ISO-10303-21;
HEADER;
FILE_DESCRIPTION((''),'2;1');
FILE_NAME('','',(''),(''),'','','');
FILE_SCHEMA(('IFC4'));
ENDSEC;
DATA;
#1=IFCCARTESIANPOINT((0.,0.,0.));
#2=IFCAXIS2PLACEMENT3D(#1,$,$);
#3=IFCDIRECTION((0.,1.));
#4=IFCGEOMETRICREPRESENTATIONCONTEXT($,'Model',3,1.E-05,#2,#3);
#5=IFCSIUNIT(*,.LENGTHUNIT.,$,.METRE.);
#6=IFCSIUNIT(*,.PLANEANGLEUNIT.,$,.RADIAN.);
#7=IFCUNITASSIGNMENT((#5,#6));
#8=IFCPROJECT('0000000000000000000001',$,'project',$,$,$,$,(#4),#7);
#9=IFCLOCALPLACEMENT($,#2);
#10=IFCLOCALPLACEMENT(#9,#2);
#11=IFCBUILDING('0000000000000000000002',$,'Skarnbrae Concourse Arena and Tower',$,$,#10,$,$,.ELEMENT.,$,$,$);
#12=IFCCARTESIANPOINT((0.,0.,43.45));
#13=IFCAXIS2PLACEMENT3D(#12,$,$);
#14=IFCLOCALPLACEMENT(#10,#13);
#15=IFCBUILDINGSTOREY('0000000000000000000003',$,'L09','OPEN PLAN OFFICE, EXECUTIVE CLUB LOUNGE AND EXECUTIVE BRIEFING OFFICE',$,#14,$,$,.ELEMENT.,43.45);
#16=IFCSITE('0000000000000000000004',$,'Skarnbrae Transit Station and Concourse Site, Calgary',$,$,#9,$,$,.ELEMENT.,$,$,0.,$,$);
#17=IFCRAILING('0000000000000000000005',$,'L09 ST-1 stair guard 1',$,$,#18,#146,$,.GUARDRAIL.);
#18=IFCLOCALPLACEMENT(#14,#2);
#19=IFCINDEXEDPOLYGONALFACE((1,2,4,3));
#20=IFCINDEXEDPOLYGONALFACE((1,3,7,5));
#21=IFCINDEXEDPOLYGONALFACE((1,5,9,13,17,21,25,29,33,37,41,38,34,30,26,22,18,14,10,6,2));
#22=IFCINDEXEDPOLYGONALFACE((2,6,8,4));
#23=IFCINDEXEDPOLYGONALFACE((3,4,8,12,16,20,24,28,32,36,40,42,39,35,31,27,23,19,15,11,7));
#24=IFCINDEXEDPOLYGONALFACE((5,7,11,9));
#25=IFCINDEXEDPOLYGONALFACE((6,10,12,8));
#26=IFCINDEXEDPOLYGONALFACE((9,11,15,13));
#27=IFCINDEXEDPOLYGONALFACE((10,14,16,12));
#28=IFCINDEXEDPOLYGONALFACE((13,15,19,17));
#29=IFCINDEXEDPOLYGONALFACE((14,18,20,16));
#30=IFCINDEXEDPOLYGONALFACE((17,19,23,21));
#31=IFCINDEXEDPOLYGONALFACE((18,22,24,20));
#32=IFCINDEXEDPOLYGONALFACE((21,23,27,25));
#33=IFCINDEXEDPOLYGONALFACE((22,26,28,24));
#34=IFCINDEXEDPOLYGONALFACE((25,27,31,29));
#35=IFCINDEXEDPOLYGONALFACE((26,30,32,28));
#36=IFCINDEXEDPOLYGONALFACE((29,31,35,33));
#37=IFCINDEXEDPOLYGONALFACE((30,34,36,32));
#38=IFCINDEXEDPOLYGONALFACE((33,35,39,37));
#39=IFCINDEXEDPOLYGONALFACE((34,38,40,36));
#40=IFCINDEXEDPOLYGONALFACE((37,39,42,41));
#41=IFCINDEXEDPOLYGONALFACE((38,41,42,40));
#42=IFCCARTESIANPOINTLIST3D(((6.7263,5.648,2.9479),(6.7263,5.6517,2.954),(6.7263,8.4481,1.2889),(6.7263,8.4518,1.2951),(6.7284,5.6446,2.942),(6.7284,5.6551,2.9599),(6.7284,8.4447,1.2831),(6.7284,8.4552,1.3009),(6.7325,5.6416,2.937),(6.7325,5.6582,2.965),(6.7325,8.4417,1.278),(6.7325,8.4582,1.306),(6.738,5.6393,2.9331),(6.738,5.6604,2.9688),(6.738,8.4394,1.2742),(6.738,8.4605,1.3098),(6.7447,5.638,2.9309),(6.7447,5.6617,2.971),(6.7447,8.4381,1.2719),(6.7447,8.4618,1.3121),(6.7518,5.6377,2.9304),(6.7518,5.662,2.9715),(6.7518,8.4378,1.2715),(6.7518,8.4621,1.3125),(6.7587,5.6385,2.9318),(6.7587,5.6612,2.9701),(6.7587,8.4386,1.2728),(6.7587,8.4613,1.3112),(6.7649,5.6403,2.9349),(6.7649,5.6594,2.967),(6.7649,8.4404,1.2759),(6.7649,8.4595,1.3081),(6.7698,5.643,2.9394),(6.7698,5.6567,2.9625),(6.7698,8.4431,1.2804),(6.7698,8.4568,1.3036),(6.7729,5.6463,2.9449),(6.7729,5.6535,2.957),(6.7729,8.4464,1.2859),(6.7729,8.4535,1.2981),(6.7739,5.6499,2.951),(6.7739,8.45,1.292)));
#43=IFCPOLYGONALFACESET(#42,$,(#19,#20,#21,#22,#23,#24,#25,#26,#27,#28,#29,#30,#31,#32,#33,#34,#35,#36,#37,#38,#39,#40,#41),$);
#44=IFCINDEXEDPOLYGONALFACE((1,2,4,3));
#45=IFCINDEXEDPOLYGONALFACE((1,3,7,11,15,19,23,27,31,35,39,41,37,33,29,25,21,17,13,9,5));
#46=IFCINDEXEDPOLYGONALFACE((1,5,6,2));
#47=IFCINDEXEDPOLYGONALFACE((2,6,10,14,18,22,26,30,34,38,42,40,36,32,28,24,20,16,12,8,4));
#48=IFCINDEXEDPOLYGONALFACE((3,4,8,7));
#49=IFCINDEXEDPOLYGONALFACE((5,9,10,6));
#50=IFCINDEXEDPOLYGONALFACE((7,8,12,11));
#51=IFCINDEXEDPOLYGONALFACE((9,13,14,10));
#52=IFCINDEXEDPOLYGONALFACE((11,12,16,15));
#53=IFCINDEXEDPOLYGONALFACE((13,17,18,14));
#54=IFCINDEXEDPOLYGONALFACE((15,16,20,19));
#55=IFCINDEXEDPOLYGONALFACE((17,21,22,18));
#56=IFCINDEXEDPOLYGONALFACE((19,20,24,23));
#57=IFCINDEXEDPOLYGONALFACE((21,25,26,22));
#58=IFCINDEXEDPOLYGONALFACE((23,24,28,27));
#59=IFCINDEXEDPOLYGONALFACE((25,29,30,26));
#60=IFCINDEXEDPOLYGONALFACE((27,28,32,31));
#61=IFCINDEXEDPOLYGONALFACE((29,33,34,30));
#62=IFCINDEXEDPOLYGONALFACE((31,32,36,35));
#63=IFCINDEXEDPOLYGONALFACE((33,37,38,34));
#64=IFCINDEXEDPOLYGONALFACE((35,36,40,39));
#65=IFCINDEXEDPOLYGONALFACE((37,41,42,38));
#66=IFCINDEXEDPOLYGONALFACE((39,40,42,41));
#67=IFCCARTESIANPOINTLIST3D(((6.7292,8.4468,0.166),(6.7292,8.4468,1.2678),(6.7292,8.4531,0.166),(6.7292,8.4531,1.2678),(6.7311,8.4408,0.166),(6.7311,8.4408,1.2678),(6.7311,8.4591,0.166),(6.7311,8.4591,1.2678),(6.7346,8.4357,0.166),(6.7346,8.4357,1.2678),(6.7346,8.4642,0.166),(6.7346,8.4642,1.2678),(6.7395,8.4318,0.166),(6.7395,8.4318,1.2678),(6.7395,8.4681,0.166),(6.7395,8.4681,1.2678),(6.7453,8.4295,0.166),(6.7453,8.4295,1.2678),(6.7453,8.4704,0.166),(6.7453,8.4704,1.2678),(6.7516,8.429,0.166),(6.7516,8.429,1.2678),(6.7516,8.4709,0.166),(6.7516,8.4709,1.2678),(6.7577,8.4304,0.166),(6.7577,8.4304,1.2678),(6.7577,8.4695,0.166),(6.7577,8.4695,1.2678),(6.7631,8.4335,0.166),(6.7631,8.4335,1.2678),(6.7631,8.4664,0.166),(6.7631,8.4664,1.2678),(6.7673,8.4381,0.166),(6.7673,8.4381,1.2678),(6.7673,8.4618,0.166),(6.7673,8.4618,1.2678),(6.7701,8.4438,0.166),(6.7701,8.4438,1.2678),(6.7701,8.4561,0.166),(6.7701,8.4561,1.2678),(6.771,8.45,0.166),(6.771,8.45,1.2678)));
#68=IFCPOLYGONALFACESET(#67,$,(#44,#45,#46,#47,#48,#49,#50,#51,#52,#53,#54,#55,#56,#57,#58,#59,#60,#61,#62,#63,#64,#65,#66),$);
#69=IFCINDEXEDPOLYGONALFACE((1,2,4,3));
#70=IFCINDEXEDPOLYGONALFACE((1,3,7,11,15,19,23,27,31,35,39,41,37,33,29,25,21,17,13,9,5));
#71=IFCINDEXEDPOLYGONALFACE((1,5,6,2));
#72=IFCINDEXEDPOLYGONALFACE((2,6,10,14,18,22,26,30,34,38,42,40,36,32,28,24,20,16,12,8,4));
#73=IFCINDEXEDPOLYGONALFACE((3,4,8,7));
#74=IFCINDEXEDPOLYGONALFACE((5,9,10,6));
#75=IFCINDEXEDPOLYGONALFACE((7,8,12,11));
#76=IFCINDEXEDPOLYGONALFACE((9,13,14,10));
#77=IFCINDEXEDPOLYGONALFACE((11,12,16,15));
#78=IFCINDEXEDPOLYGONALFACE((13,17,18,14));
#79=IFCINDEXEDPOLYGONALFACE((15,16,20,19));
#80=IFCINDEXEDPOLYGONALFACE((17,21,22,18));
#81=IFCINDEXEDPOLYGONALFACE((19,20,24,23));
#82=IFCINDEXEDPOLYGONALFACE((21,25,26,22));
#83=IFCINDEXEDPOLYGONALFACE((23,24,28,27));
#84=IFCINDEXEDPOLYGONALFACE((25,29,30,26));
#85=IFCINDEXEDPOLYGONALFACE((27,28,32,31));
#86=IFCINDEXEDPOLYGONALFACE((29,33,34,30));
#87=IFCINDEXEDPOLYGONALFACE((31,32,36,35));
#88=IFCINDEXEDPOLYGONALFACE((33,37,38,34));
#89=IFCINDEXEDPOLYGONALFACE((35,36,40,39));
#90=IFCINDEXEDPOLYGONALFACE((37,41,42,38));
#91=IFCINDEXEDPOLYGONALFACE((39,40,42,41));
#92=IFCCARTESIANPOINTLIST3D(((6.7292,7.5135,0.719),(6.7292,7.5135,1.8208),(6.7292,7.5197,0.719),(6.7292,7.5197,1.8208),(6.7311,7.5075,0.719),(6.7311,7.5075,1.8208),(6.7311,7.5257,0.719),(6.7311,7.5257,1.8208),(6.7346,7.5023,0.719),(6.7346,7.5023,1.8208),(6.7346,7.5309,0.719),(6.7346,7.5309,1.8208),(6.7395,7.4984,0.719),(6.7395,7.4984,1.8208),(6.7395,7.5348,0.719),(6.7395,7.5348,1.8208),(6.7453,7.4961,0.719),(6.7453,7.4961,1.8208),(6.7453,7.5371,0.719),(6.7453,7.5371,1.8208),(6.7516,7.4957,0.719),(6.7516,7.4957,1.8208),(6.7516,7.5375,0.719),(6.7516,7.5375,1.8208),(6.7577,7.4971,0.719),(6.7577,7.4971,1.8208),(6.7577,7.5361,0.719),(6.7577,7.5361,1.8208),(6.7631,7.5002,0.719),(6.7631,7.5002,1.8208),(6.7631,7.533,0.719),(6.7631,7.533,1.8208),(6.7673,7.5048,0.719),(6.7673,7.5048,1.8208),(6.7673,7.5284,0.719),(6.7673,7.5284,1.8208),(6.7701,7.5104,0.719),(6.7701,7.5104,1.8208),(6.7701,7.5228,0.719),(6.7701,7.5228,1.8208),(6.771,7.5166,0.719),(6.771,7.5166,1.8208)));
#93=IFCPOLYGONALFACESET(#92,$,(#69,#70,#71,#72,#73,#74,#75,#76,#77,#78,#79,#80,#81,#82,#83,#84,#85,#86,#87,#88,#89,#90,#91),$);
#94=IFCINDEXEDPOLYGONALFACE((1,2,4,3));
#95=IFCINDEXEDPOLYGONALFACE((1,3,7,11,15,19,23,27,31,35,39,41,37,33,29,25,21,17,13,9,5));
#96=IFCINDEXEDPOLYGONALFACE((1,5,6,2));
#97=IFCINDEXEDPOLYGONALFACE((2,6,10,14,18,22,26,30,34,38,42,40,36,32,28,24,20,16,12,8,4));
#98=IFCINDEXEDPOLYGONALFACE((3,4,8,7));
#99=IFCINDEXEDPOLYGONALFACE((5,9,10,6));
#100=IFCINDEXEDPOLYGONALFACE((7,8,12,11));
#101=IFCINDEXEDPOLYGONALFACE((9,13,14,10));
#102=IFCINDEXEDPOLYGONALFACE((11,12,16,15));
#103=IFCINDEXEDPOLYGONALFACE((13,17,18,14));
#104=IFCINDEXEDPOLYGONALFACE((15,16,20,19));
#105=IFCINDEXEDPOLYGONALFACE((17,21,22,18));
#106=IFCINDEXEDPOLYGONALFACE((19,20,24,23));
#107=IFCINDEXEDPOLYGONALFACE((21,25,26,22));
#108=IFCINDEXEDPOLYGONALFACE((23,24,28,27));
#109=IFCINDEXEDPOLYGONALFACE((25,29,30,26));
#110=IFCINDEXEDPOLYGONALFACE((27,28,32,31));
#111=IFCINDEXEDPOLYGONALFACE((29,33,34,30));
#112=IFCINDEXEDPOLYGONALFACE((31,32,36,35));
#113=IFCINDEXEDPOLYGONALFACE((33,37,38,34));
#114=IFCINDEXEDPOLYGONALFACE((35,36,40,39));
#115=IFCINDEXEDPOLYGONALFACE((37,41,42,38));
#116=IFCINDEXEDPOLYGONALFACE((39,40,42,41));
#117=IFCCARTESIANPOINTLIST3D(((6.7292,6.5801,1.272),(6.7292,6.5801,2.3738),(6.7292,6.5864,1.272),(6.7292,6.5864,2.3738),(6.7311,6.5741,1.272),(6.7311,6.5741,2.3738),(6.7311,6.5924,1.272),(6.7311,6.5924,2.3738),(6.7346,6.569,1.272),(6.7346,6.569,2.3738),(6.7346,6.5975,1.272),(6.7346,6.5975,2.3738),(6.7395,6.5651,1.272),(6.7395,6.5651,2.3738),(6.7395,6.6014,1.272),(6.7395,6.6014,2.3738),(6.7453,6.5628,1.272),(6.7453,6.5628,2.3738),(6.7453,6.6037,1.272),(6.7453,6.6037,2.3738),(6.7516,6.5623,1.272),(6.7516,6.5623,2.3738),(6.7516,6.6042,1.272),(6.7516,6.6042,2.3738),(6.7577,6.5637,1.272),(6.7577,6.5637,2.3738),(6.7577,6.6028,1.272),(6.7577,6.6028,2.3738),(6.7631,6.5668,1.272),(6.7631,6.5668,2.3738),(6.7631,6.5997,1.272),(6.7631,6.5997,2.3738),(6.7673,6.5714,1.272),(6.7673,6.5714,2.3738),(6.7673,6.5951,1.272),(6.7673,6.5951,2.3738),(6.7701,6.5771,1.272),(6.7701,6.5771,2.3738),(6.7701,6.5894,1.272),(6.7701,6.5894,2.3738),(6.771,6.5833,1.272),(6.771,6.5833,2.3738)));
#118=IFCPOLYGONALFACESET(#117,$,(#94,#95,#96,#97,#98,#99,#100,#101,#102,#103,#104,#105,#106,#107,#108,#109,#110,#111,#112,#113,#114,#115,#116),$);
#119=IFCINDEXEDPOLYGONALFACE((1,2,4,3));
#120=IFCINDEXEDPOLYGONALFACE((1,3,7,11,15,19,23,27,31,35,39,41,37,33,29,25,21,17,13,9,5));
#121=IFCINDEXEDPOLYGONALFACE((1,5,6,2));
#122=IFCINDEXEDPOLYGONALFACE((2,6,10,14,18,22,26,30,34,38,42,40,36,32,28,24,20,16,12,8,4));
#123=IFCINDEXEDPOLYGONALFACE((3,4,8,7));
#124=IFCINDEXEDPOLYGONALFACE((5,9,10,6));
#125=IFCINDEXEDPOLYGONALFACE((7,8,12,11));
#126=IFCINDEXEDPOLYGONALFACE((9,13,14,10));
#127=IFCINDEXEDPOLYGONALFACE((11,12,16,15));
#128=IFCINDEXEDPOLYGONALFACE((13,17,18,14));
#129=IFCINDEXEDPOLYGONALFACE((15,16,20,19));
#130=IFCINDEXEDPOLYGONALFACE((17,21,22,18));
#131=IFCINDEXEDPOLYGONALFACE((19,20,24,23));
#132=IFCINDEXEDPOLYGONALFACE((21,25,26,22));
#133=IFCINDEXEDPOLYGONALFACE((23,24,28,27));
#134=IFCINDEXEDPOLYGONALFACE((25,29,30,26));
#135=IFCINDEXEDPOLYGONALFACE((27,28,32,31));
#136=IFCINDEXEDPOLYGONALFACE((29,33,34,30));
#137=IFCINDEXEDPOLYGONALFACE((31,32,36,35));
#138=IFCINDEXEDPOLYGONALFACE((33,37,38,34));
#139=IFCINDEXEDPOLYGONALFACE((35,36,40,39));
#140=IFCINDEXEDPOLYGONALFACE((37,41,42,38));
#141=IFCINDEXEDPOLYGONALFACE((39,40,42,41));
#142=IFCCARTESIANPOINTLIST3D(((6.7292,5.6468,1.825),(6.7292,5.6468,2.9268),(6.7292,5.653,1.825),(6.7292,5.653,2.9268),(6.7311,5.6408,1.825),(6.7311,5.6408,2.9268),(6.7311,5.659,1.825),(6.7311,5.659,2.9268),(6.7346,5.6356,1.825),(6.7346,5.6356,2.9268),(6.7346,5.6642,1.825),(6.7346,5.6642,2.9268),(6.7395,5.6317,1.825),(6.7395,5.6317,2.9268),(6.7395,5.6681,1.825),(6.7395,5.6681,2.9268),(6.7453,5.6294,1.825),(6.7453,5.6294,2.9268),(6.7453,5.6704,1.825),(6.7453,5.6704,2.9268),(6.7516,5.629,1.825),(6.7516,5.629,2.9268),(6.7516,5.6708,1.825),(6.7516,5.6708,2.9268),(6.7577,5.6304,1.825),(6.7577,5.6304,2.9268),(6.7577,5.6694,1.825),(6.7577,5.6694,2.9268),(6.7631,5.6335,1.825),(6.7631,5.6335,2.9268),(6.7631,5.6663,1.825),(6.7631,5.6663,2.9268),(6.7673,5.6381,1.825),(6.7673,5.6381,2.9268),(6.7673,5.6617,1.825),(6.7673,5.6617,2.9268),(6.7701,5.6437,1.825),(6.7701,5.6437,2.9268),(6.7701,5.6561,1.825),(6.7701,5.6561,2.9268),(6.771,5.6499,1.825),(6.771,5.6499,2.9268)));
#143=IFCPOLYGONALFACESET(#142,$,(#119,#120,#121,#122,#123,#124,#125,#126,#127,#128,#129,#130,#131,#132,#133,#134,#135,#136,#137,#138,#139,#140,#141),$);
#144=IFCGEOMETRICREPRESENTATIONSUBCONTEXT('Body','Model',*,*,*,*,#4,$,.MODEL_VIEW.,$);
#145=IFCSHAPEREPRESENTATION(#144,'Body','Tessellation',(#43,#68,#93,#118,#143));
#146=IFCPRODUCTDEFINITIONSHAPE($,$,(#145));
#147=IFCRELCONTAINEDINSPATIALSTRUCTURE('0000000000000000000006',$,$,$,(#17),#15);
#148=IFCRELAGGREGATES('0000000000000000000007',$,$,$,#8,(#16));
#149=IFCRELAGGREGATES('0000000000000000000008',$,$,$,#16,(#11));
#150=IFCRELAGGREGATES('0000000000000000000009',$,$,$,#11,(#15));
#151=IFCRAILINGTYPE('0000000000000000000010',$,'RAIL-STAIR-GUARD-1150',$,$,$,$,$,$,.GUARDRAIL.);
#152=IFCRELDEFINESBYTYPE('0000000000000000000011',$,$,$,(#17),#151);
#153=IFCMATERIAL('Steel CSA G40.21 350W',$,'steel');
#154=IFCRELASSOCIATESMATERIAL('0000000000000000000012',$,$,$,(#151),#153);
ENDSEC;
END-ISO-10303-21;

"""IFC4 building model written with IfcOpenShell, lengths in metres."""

from ifc_helpers import new_model, si_unit, direction, frame, origin, origin_2d, place, context, subcontext, project, spatial, circle, extrude, material, type_object, element, save


model = new_model("IFC4")

# Units and contexts
model_context = context("Model", 3, precision=1e-05, world=origin(), true_north=direction((0.0, 1.0)))
body_context = subcontext(model_context, "Body", "Model", "MODEL_VIEW")
ifc_project = project(units=[si_unit("LENGTHUNIT", "METRE"), si_unit("PLANEANGLEUNIT", "RADIAN")], contexts=[model_context])

# Site, building, storey
site_placement = place(None, origin())
site = spatial("IfcSite", under=ifc_project, at=site_placement, Name="Skarnbrae Transit Station and Concourse Site, Calgary", CompositionType="ELEMENT", RefElevation=0.0)
building_placement = place(site_placement, origin())
building = spatial("IfcBuilding", under=site, at=building_placement, Name="Skarnbrae Concourse Arena and Tower", CompositionType="ELEMENT")
storey_placement = place(building_placement, frame((0.0, 0.0, 43.45)))
storey = spatial("IfcBuildingStorey", under=building, at=storey_placement, Name="L09", Description="OPEN PLAN OFFICE, EXECUTIVE CLUB LOUNGE AND EXECUTIVE BRIEFING OFFICE", CompositionType="ELEMENT", Elevation=43.45)

# Shared definitions
ifc_material_1 = material(Name="Steel CSA G40.21 350W", Category="steel")

# Railing
railing_type_1 = type_object("IfcRailingType", Name="RAIL-STAIR-GUARD-1150", PredefinedType="GUARDRAIL", material=ifc_material_1)
railing_1_placement = place(storey_placement, frame((6.75, 8.45, 0.166)))
element("IfcRailing", 1, at=railing_1_placement, inside=storey, type_object=railing_type_1, Name="L09 ST-1 stair guard 1", PredefinedType="GUARDRAIL", context=body_context, shape_type="SweptSolid", body=[
    extrude(circle(Radius=0.0239, at=origin_2d()), frame((0.0, 0.0, 1.126), z_axis=(0.0, -0.860339, 0.509722), x_axis=(1.0, 0.0, 0.0)), (0.0, 0.0, 1.0), 3.2546),
    extrude(circle(Radius=0.021, at=origin_2d()), origin(), (0.0, 0.0, 1.0), 1.1018),
    extrude(circle(Radius=0.021, at=origin_2d()), frame((0.0, -0.9333, 0.553)), (0.0, 0.0, 1.0), 1.1018),
    extrude(circle(Radius=0.021, at=origin_2d()), frame((0.0, -1.8667, 1.106)), (0.0, 0.0, 1.0), 1.1018),
    extrude(circle(Radius=0.021, at=origin_2d()), frame((0.0, -2.8, 1.6589)), (0.0, 0.0, 1.0), 1.1018),
])

save(model, "model.ifc")
